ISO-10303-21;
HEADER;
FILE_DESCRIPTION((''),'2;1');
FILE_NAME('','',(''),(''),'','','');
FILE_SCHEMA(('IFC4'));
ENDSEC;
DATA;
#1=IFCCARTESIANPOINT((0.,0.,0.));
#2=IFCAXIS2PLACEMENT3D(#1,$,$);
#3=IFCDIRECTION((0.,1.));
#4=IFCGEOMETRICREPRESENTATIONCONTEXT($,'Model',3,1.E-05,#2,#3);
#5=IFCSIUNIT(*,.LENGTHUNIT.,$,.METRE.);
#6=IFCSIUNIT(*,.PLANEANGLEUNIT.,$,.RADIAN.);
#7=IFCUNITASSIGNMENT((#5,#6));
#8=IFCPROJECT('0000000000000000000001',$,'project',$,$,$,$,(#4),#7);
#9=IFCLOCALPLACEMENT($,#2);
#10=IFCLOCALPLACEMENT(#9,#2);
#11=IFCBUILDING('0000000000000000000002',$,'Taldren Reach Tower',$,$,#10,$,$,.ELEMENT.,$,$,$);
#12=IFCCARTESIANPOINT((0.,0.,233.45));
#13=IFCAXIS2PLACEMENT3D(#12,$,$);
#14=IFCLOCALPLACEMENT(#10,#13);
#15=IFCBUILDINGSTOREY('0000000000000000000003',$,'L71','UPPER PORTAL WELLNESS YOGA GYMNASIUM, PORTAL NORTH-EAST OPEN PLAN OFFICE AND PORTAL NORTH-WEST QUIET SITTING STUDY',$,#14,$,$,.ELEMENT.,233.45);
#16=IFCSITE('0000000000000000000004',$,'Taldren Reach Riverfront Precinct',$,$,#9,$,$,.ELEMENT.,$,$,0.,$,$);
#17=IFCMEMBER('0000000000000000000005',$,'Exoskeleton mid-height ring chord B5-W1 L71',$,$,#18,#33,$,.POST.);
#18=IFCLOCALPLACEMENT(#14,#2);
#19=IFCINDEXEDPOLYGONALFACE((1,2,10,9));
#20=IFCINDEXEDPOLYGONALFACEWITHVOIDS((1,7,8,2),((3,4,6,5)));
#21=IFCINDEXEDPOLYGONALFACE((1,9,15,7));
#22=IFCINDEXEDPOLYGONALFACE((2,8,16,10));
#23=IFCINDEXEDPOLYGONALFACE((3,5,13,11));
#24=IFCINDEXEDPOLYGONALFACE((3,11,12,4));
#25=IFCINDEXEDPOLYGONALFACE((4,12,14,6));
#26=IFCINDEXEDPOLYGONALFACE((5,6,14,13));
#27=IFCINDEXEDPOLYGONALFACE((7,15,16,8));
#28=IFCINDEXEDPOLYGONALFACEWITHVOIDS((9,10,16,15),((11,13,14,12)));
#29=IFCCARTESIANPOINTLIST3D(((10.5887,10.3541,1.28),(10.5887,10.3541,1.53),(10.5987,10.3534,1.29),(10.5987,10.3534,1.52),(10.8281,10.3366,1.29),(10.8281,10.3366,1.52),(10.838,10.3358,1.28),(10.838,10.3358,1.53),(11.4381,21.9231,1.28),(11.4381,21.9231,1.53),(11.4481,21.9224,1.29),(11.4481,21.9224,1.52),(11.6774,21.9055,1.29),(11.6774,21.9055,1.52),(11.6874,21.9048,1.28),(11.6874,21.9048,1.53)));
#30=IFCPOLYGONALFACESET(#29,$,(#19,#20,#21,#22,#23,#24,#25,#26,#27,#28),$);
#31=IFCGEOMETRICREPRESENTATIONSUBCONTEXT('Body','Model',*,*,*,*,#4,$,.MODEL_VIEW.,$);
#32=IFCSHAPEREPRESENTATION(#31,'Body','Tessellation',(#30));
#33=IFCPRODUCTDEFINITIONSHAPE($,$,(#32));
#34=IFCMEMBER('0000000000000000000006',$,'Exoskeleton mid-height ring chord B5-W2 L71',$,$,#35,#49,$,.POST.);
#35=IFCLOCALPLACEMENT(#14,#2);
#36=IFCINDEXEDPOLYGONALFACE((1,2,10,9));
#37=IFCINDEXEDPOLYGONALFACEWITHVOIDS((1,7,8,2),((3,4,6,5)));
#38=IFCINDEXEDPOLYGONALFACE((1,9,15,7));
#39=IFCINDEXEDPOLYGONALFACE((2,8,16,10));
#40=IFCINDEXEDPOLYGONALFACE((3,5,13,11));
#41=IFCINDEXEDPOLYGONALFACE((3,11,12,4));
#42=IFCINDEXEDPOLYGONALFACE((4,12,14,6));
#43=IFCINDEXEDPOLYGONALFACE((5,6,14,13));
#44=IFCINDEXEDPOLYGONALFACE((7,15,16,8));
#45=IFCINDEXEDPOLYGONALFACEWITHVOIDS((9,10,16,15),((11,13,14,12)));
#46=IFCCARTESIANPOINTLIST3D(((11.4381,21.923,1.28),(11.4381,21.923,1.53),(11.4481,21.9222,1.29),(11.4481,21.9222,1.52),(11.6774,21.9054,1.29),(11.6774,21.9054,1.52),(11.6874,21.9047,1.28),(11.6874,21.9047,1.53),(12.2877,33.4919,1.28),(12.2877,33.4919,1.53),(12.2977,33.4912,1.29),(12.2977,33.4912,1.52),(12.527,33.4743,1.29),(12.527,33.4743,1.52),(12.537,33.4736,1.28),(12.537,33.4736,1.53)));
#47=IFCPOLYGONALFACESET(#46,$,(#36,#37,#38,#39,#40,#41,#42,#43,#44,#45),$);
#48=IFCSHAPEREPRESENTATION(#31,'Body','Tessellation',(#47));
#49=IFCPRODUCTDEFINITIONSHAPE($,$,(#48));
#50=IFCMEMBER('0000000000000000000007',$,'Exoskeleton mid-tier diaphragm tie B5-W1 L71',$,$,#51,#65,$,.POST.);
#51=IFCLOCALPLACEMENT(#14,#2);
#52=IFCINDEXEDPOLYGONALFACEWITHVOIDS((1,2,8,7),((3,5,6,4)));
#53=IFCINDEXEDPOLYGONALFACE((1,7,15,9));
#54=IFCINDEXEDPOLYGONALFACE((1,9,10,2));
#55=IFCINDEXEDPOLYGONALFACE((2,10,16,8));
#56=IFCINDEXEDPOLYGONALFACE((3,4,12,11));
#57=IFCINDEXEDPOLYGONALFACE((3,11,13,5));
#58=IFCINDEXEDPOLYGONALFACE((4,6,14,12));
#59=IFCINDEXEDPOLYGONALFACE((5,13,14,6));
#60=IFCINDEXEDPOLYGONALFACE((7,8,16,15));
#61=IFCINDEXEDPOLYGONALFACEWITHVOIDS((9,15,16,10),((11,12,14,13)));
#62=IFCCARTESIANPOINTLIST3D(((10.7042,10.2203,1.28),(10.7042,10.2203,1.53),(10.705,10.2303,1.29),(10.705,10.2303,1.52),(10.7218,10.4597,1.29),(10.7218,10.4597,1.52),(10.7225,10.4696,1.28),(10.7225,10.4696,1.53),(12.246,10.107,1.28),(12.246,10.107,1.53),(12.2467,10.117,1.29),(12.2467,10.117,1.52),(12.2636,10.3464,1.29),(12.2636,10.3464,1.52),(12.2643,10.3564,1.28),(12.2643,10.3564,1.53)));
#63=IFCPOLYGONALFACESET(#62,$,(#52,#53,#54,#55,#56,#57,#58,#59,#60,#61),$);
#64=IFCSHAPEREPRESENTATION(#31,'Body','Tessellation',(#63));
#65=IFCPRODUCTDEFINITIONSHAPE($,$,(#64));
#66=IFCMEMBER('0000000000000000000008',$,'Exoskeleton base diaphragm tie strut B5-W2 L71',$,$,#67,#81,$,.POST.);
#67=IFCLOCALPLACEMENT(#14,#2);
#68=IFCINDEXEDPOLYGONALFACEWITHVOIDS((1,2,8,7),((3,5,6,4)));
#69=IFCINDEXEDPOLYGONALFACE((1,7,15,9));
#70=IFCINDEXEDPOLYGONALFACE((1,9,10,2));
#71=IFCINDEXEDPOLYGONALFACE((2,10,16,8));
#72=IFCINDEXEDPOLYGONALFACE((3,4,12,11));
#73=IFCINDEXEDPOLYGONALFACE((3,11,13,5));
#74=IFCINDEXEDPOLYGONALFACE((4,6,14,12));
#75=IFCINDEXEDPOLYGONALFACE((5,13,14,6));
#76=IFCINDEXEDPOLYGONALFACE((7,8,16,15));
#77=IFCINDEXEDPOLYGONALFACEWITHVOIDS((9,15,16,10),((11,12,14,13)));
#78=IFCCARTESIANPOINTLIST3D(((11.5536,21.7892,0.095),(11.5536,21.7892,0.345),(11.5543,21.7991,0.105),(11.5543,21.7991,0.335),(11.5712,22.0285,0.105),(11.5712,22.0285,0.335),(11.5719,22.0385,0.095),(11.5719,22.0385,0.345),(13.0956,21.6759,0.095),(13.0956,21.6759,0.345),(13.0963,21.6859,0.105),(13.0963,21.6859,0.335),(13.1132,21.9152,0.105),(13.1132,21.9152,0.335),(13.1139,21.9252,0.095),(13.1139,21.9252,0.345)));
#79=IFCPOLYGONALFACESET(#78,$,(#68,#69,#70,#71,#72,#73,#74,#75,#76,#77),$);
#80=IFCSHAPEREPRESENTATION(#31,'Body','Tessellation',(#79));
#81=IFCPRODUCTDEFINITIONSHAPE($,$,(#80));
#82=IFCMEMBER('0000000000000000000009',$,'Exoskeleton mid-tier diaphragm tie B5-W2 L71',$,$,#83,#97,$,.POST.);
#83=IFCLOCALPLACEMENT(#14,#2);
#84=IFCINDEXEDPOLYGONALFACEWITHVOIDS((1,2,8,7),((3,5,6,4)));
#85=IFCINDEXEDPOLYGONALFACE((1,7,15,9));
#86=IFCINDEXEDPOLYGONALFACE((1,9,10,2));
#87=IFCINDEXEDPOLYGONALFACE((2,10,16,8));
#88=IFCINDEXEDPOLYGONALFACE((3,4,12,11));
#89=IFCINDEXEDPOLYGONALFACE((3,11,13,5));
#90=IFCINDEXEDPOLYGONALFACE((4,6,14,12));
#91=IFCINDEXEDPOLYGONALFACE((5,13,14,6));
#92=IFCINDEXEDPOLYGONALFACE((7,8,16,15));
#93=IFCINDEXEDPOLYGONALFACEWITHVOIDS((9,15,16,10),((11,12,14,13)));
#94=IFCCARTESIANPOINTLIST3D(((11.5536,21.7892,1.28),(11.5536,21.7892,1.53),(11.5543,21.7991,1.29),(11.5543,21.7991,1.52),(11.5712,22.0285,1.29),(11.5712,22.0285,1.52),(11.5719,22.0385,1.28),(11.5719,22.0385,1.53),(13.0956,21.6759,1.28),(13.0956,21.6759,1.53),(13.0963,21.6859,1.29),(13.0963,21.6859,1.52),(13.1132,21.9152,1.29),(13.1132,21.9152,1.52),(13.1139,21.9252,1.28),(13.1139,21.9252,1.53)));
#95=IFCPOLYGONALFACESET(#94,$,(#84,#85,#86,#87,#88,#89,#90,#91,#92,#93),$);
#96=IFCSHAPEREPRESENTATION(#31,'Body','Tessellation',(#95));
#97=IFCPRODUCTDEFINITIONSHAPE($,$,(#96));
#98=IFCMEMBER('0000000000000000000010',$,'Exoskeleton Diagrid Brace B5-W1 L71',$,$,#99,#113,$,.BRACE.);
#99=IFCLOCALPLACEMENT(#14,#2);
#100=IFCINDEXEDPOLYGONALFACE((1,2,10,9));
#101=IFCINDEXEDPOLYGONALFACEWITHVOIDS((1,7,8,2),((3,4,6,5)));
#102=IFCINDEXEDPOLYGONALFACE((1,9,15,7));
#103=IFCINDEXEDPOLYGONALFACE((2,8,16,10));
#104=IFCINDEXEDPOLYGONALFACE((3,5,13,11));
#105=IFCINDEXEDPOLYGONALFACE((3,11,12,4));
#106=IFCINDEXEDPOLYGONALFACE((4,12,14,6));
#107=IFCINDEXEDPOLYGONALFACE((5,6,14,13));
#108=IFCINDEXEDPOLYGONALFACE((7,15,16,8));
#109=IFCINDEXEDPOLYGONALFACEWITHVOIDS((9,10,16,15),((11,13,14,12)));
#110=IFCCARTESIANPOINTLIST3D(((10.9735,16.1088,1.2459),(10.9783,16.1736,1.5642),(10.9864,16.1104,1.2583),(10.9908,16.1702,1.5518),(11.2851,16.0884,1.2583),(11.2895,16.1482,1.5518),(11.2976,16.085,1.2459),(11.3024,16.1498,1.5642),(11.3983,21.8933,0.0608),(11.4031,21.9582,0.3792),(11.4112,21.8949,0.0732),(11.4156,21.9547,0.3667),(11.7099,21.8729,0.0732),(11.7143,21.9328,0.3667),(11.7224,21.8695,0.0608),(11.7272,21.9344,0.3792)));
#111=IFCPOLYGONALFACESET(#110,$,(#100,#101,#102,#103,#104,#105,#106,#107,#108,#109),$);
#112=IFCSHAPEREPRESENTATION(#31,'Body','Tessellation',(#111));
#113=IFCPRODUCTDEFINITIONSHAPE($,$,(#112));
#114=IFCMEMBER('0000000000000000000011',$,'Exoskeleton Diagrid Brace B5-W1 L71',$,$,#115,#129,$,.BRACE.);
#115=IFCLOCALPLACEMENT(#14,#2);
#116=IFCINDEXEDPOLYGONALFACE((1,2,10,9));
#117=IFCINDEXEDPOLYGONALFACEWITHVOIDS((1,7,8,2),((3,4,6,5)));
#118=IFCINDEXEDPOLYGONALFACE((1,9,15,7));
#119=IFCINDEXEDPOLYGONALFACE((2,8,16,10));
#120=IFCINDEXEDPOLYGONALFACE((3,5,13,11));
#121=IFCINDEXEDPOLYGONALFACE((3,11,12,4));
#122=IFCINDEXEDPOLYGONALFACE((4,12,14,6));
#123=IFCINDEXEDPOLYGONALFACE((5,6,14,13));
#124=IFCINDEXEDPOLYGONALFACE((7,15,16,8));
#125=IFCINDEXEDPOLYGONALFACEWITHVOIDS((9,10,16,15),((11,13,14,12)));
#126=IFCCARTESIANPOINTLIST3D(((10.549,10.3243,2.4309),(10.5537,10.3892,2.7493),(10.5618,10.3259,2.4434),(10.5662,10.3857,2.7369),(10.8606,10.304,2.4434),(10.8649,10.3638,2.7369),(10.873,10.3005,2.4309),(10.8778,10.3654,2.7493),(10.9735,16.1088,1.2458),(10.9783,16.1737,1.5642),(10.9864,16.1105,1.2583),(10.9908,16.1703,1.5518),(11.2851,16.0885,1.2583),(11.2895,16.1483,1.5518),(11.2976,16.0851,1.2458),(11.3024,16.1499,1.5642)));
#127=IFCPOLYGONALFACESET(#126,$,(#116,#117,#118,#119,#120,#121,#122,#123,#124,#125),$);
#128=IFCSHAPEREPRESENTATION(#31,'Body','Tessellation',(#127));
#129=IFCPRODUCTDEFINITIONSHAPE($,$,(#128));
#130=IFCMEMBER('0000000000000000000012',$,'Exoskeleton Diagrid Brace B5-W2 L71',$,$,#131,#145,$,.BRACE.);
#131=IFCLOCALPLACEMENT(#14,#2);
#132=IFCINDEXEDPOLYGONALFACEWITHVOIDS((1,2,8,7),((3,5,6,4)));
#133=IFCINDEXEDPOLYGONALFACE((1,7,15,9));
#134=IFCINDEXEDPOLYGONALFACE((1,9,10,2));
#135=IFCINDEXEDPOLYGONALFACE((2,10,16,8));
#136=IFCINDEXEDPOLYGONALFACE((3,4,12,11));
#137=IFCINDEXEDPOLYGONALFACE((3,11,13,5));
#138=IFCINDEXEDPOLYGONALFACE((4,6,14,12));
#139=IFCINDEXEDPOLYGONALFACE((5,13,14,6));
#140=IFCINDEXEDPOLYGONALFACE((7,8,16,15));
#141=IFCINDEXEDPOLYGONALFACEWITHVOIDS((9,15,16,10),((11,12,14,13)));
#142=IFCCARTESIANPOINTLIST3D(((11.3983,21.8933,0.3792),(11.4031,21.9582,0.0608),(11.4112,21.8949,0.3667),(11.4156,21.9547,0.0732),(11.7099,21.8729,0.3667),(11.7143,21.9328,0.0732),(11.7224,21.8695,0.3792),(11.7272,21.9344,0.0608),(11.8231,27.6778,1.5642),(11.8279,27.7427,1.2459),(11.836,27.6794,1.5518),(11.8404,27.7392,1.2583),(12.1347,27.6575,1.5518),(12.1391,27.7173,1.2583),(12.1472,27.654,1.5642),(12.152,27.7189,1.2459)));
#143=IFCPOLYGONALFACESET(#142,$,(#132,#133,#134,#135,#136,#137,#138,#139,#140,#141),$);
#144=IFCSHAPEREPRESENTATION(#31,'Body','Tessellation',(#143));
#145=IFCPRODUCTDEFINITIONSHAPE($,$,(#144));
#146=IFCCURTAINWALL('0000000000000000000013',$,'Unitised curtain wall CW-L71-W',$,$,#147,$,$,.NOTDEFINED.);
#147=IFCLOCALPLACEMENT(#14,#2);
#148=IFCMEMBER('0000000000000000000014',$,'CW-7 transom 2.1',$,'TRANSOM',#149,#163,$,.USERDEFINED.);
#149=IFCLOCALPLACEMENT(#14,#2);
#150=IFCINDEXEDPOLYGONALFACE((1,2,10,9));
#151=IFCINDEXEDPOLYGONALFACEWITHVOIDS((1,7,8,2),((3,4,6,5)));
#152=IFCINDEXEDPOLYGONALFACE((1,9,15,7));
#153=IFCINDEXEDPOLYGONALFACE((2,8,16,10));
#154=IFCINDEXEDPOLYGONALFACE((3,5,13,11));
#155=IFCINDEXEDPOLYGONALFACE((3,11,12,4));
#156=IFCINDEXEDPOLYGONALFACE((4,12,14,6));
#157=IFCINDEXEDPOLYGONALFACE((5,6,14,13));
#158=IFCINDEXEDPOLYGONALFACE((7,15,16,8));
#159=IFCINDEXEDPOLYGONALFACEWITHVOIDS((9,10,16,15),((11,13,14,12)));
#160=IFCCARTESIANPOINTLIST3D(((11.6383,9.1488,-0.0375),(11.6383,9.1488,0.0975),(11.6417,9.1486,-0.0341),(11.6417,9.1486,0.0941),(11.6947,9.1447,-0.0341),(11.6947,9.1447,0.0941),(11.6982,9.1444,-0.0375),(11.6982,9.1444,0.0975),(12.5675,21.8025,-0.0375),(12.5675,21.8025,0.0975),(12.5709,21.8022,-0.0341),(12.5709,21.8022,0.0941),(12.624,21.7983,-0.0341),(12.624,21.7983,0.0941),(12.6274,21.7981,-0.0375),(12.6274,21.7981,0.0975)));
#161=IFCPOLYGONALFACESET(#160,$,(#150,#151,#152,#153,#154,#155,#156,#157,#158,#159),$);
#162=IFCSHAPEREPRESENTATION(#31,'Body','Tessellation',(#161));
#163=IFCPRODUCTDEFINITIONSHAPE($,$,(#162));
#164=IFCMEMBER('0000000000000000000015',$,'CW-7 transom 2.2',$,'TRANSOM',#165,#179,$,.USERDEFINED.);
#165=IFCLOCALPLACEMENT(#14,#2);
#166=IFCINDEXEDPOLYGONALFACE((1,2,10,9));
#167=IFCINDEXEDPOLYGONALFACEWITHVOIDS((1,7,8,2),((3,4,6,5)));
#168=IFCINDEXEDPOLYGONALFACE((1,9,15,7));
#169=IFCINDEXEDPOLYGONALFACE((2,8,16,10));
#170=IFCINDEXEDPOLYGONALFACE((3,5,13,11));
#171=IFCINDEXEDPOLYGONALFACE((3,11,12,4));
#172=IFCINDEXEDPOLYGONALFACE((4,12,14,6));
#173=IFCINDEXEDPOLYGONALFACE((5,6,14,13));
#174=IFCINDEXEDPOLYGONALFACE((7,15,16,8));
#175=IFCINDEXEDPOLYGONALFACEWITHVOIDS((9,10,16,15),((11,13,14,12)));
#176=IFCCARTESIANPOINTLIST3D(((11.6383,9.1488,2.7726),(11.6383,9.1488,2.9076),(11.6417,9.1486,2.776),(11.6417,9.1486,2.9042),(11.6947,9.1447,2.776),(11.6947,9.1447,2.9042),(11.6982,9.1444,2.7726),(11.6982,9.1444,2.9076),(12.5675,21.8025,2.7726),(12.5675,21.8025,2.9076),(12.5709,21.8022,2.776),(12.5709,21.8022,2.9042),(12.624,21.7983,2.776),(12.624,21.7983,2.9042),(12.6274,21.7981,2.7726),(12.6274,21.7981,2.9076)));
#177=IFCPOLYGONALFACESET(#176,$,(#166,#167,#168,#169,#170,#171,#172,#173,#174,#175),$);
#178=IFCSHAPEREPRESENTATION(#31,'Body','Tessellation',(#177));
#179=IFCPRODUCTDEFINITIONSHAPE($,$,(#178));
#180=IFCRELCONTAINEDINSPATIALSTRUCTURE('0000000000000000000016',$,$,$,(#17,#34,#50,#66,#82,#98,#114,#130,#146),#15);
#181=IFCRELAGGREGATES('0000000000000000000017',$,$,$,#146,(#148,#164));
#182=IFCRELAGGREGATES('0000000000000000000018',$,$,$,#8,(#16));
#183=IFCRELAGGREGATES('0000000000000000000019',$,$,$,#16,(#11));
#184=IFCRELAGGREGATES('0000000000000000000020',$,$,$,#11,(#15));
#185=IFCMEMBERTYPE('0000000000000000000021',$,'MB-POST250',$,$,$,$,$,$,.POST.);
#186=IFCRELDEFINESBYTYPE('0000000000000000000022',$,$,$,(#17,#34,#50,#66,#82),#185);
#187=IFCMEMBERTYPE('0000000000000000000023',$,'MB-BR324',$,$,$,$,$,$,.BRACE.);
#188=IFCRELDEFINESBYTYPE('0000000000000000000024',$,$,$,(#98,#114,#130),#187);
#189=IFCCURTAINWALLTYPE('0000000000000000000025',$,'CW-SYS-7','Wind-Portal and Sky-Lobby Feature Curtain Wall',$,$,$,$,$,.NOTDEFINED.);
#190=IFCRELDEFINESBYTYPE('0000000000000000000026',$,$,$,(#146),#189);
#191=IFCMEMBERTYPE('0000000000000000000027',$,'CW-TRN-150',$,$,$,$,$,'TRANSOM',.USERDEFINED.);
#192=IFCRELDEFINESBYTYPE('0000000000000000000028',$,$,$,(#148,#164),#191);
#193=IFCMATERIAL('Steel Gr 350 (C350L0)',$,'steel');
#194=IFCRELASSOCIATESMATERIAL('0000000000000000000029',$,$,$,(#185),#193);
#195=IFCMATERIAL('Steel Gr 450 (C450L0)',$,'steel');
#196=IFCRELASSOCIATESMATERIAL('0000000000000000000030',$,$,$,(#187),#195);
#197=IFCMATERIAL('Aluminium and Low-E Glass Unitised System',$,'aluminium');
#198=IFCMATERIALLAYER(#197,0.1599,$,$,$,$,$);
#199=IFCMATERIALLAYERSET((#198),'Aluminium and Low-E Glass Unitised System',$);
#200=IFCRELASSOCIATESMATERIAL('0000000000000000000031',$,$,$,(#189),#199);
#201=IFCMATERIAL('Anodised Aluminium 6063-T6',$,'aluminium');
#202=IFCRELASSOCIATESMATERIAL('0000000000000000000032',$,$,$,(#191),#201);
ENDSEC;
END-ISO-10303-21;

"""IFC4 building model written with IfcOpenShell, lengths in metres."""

from ifc_helpers import new_model, si_unit, direction, frame, origin, origin_2d, place, context, subcontext, project, spatial, hollow_rectangle, extrude, source, transform, mapped, material, layer, layer_set, material_profile, profile_set, type_object, element, aggregate, save


model = new_model("IFC4")

# Units and contexts
model_context = context("Model", 3, precision=1e-05, world=origin(), true_north=direction((0.0, 1.0)))
body_context = subcontext(model_context, "Body", "Model", "MODEL_VIEW")
ifc_project = project(units=[si_unit("LENGTHUNIT", "METRE"), si_unit("PLANEANGLEUNIT", "RADIAN")], contexts=[model_context])

# Site, building, storey
site_placement = place(None, origin())
site = spatial("IfcSite", under=ifc_project, at=site_placement, Name="Taldren Reach Riverfront Precinct", CompositionType="ELEMENT", RefElevation=0.0)
building_placement = place(site_placement, origin())
building = spatial("IfcBuilding", under=site, at=building_placement, Name="Taldren Reach Tower", CompositionType="ELEMENT")
storey_placement = place(building_placement, frame((0.0, 0.0, 233.45)))
storey = spatial("IfcBuildingStorey", under=building, at=storey_placement, Name="L71", Description="UPPER PORTAL WELLNESS YOGA GYMNASIUM, PORTAL NORTH-EAST OPEN PLAN OFFICE AND PORTAL NORTH-WEST QUIET SITTING STUDY", CompositionType="ELEMENT", Elevation=233.45)

# Shared definitions
ifc_material_1 = material(Name="Steel Gr 450 (C450L0)", Category="steel")

# Members
ifc_material_2 = material(Name="Steel Gr 350 (C350L0)", Category="steel")
ifc_material_profile_1 = material_profile(ifc_material_2, hollow_rectangle(XDim=0.25, YDim=0.25, WallThickness=0.01, at=origin_2d()), Name="250x250x10.0SHS")
ifc_profile_set_1 = profile_set([ifc_material_profile_1], Name="Steel Gr 350 (C350L0)")
member_type_1 = type_object("IfcMemberType", Name="MB-POST250", PredefinedType="POST", material=ifc_profile_set_1)
shared_shape_1 = source(origin(), body_context, "Body", "SweptSolid", [
    extrude(hollow_rectangle(XDim=0.25, YDim=0.25, WallThickness=0.01, at=origin_2d()), origin(), (0.0, 0.0, 1.0), 11.6001),
])
for number, where, z_axis, x_axis, name in (
    (1, (10.7134, 10.345, 1.405), (0.073221, 0.997316, 0.0), (-0.997316, 0.073221, 0.0), "Exoskeleton mid-height ring chord B5-W1 L71"),
    (2, (11.5627, 21.9138, 1.405), (0.073242, 0.997314, 0.0), (-0.997314, 0.073242, 0.0), "Exoskeleton mid-height ring chord B5-W2 L71"),
):
    element("IfcMember", number, at=place(storey_placement, frame(where, z_axis=z_axis, x_axis=x_axis)), inside=storey, type_object=member_type_1, Name=name, PredefinedType="POST", context=body_context, shape_type="MappedRepresentation", body=[
        mapped(shared_shape_1, transform((0.0, 0.0, 0.0), scale=1.0)),
    ])
shared_shape_2 = source(origin(), body_context, "Body", "SweptSolid", [
    extrude(hollow_rectangle(XDim=0.25, YDim=0.25, WallThickness=0.01, at=origin_2d()), origin(), (0.0, 0.0, 1.0), 1.5459),
])
member_1_placement = place(storey_placement, frame((12.2551, 10.2317, 1.405), z_axis=(-0.997312, 0.073278, 0.0), x_axis=(-0.073278, -0.997312, 0.0)))
element("IfcMember", 3, at=member_1_placement, inside=storey, type_object=member_type_1, Name="Exoskeleton mid-tier diaphragm tie B5-W1 L71", PredefinedType="POST", context=body_context, shape_type="MappedRepresentation", body=[
    mapped(shared_shape_2, transform((0.0, 0.0, 0.0), scale=1.0)),
])
shared_shape_3 = source(origin(), body_context, "Body", "SweptSolid", [
    extrude(hollow_rectangle(XDim=0.25, YDim=0.25, WallThickness=0.01, at=origin_2d()), origin(), (0.0, 0.0, 1.0), 1.5461),
])
for number, where, z_axis, x_axis, name in (
    (4, (13.1047, 21.8005, 0.22), (-0.997312, 0.073267, 0.0), (-0.073267, -0.997312, 0.0), "Exoskeleton base diaphragm tie strut B5-W2 L71"),
    (5, (13.1047, 21.8005, 1.405), (-0.997312, 0.073267, 0.0), (-0.073267, -0.997312, 0.0), "Exoskeleton mid-tier diaphragm tie B5-W2 L71"),
):
    element("IfcMember", number, at=place(storey_placement, frame(where, z_axis=z_axis, x_axis=x_axis)), inside=storey, type_object=member_type_1, Name=name, PredefinedType="POST", context=body_context, shape_type="MappedRepresentation", body=[
        mapped(shared_shape_3, transform((0.0, 0.0, 0.0), scale=1.0)),
    ])
ifc_material_profile_2 = material_profile(ifc_material_1, hollow_rectangle(XDim=0.325, YDim=0.325, WallThickness=0.0127, at=origin_2d()), Name="325x325x12.7SHS")
ifc_profile_set_2 = profile_set([ifc_material_profile_2], Name="Steel Gr 450 (C450L0)")
member_type_2 = type_object("IfcMemberType", Name="MB-BR324", PredefinedType="BRACE", material=ifc_profile_set_2)
shared_shape_4 = source(origin(), body_context, "Body", "SweptSolid", [
    extrude(hollow_rectangle(XDim=0.325, YDim=0.325, WallThickness=0.0127, at=origin_2d()), origin(), (0.0, 0.0, 1.0), 5.9199),
])
for number, where, z_axis, x_axis, name in (
    (6, (11.5627, 21.9138, 0.22), (-0.07176, -0.977127, 0.200185), (0.997314, -0.073242, 0.0), "Exoskeleton Diagrid Brace B5-W1 L71"),
    (7, (11.1379, 16.1294, 1.405), (-0.071719, -0.97713, 0.200185), (0.997317, -0.0732, 0.0), "Exoskeleton Diagrid Brace B5-W1 L71"),
    (8, (11.5627, 21.9138, 0.22), (0.07176, 0.977127, 0.200185), (-0.997314, 0.073242, 0.0), "Exoskeleton Diagrid Brace B5-W2 L71"),
):
    element("IfcMember", number, at=place(storey_placement, frame(where, z_axis=z_axis, x_axis=x_axis)), inside=storey, type_object=member_type_2, Name=name, PredefinedType="BRACE", context=body_context, shape_type="MappedRepresentation", body=[
        mapped(shared_shape_4, transform((0.0, 0.0, 0.0), scale=1.0)),
    ])

# Curtain wall, members
ifc_material_3 = material(Name="Aluminium and Low-E Glass Unitised System", Category="aluminium")
ifc_layer_1 = layer(ifc_material_3, 0.1599)
ifc_layer_set_1 = layer_set([ifc_layer_1], Name="Aluminium and Low-E Glass Unitised System")
curtain_wall_type = type_object("IfcCurtainWallType", Name="CW-SYS-7", Description="Wind-Portal and Sky-Lobby Feature Curtain Wall", PredefinedType="NOTDEFINED", material=ifc_layer_set_1)
curtain_wall_placement = place(storey_placement, origin())
curtain_wall = element("IfcCurtainWall", 9, at=curtain_wall_placement, inside=storey, type_object=curtain_wall_type, Name="Unitised curtain wall CW-L71-W", PredefinedType="NOTDEFINED")
ifc_material_4 = material(Name="Anodised Aluminium 6063-T6", Category="aluminium")
ifc_material_profile_3 = material_profile(ifc_material_4, hollow_rectangle(XDim=0.0601, YDim=0.135, WallThickness=0.0034, at=origin_2d()), Name="ALU-135x60x3.5RHS")
ifc_profile_set_3 = profile_set([ifc_material_profile_3], Name="Anodised Aluminium 6063-T6")
member_type_3 = type_object("IfcMemberType", Name="CW-TRN-150", ElementType="TRANSOM", PredefinedType="USERDEFINED", material=ifc_profile_set_3)
shared_shape_5 = source(origin(), body_context, "Body", "SweptSolid", [
    extrude(hollow_rectangle(XDim=0.0601, YDim=0.135, WallThickness=0.0034, at=origin_2d()), origin(), (0.0, 0.0, 1.0), 12.6877),
])
member_2_placement = place(storey_placement, frame((12.5974, 21.8003, 0.03), z_axis=(-0.073237, -0.997315, 0.0), x_axis=(0.997315, -0.073237, 0.0)))
member_2 = element("IfcMember", 10, at=member_2_placement, type_object=member_type_3, Name="CW-7 transom 2.1", ObjectType="TRANSOM", PredefinedType="USERDEFINED", context=body_context, shape_type="MappedRepresentation", body=[
    mapped(shared_shape_5, transform((0.0, 0.0, 0.0), scale=1.0)),
])
member_3_placement = place(storey_placement, frame((12.5974, 21.8003, 2.8401), z_axis=(-0.073237, -0.997315, 0.0), x_axis=(0.997315, -0.073237, 0.0)))
member_3 = element("IfcMember", 11, at=member_3_placement, type_object=member_type_3, Name="CW-7 transom 2.2", ObjectType="TRANSOM", PredefinedType="USERDEFINED", context=body_context, shape_type="MappedRepresentation", body=[
    mapped(shared_shape_5, transform((0.0, 0.0, 0.0), scale=1.0)),
])

aggregate(curtain_wall, [member_2, member_3])

save(model, "model.ifc")
